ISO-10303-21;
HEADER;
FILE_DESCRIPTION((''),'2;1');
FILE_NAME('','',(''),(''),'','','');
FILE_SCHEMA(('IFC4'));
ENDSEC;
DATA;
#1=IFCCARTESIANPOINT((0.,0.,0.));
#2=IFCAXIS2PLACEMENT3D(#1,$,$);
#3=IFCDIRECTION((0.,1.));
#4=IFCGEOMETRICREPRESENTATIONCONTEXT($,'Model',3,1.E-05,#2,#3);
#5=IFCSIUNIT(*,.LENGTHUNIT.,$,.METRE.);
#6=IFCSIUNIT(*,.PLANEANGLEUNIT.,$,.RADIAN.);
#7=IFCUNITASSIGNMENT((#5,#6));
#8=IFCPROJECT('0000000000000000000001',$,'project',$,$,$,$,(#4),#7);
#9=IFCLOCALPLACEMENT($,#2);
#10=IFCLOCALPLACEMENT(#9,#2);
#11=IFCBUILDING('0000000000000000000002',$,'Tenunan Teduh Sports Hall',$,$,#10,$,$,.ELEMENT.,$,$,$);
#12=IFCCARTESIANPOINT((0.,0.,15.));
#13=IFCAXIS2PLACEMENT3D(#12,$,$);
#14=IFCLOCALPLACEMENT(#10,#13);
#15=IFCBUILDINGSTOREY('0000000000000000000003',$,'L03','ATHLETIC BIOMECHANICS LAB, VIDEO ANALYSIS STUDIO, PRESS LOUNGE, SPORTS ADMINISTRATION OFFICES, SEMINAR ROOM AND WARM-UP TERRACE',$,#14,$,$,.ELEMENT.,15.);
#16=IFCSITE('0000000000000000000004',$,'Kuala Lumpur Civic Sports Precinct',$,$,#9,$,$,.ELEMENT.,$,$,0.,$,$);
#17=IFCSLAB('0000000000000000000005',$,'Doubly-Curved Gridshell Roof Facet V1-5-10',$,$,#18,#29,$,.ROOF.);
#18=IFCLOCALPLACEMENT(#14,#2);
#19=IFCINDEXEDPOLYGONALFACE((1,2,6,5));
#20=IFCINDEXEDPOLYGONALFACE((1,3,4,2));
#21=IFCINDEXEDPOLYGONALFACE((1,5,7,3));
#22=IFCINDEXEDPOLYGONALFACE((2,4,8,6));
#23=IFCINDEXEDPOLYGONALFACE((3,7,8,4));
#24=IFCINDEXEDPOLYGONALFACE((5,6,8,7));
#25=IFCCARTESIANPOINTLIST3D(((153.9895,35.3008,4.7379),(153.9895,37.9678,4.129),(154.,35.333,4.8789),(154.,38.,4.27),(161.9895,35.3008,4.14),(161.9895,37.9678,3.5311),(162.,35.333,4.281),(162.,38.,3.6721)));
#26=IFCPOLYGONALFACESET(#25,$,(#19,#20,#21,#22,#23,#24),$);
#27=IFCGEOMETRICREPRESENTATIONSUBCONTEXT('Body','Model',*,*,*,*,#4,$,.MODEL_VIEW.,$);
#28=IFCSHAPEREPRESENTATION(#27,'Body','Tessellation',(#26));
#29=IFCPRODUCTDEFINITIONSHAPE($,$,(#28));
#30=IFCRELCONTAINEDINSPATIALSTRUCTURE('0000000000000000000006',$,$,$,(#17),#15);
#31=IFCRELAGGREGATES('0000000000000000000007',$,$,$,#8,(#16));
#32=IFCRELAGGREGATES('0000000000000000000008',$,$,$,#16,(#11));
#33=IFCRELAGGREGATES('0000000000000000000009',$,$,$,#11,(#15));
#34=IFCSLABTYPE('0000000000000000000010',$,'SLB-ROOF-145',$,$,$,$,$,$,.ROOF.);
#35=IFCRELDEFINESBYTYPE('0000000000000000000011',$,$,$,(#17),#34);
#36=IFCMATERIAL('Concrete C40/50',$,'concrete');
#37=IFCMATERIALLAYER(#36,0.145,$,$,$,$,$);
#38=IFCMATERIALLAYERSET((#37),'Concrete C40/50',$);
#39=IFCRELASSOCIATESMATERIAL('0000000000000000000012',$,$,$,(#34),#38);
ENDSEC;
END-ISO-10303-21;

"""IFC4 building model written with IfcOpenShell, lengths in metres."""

from ifc_helpers import new_model, si_unit, direction, frame, origin, place, context, subcontext, project, spatial, polyline, outline, extrude, material, layer, layer_set, type_object, element, save


model = new_model("IFC4")

# Units and contexts
model_context = context("Model", 3, precision=1e-05, world=origin(), true_north=direction((0.0, 1.0)))
body_context = subcontext(model_context, "Body", "Model", "MODEL_VIEW")
ifc_project = project(units=[si_unit("LENGTHUNIT", "METRE"), si_unit("PLANEANGLEUNIT", "RADIAN")], contexts=[model_context])

# Site, building, storey
site_placement = place(None, origin())
site = spatial("IfcSite", under=ifc_project, at=site_placement, Name="Kuala Lumpur Civic Sports Precinct", CompositionType="ELEMENT", RefElevation=0.0)
building_placement = place(site_placement, origin())
building = spatial("IfcBuilding", under=site, at=building_placement, Name="Tenunan Teduh Sports Hall", CompositionType="ELEMENT")
storey_placement = place(building_placement, frame((0.0, 0.0, 15.0)))
storey = spatial("IfcBuildingStorey", under=building, at=storey_placement, Name="L03", Description="ATHLETIC BIOMECHANICS LAB, VIDEO ANALYSIS STUDIO, PRESS LOUNGE, SPORTS ADMINISTRATION OFFICES, SEMINAR ROOM AND WARM-UP TERRACE", CompositionType="ELEMENT", Elevation=15.0)

# Slab
ifc_material_1 = material(Name="Concrete C40/50", Category="concrete")
ifc_layer_1 = layer(ifc_material_1, 0.145)
ifc_layer_set_1 = layer_set([ifc_layer_1], Name="Concrete C40/50")
slab_type = type_object("IfcSlabType", Name="SLB-ROOF-145", PredefinedType="ROOF", material=ifc_layer_set_1)
slab_placement = place(storey_placement, frame((154.0, 35.333, 4.8789), z_axis=(0.07267, 0.221989, 0.972337), x_axis=(0.997219, 0.0, -0.07453)))
element("IfcSlab", 1, at=slab_placement, inside=storey, type_object=slab_type, Name="Doubly-Curved Gridshell Roof Facet V1-5-10", PredefinedType="ROOF", context=body_context, shape_type="SweptSolid", body=[
    extrude(outline(polyline([(0.0, 0.0), (8.0223, 0.0), (8.0677, 2.7352), (0.0454, 2.7352), (0.0, 0.0)])), origin(), (0.0, 0.0, -1.0), 0.145),
])

save(model, "model.ifc")
